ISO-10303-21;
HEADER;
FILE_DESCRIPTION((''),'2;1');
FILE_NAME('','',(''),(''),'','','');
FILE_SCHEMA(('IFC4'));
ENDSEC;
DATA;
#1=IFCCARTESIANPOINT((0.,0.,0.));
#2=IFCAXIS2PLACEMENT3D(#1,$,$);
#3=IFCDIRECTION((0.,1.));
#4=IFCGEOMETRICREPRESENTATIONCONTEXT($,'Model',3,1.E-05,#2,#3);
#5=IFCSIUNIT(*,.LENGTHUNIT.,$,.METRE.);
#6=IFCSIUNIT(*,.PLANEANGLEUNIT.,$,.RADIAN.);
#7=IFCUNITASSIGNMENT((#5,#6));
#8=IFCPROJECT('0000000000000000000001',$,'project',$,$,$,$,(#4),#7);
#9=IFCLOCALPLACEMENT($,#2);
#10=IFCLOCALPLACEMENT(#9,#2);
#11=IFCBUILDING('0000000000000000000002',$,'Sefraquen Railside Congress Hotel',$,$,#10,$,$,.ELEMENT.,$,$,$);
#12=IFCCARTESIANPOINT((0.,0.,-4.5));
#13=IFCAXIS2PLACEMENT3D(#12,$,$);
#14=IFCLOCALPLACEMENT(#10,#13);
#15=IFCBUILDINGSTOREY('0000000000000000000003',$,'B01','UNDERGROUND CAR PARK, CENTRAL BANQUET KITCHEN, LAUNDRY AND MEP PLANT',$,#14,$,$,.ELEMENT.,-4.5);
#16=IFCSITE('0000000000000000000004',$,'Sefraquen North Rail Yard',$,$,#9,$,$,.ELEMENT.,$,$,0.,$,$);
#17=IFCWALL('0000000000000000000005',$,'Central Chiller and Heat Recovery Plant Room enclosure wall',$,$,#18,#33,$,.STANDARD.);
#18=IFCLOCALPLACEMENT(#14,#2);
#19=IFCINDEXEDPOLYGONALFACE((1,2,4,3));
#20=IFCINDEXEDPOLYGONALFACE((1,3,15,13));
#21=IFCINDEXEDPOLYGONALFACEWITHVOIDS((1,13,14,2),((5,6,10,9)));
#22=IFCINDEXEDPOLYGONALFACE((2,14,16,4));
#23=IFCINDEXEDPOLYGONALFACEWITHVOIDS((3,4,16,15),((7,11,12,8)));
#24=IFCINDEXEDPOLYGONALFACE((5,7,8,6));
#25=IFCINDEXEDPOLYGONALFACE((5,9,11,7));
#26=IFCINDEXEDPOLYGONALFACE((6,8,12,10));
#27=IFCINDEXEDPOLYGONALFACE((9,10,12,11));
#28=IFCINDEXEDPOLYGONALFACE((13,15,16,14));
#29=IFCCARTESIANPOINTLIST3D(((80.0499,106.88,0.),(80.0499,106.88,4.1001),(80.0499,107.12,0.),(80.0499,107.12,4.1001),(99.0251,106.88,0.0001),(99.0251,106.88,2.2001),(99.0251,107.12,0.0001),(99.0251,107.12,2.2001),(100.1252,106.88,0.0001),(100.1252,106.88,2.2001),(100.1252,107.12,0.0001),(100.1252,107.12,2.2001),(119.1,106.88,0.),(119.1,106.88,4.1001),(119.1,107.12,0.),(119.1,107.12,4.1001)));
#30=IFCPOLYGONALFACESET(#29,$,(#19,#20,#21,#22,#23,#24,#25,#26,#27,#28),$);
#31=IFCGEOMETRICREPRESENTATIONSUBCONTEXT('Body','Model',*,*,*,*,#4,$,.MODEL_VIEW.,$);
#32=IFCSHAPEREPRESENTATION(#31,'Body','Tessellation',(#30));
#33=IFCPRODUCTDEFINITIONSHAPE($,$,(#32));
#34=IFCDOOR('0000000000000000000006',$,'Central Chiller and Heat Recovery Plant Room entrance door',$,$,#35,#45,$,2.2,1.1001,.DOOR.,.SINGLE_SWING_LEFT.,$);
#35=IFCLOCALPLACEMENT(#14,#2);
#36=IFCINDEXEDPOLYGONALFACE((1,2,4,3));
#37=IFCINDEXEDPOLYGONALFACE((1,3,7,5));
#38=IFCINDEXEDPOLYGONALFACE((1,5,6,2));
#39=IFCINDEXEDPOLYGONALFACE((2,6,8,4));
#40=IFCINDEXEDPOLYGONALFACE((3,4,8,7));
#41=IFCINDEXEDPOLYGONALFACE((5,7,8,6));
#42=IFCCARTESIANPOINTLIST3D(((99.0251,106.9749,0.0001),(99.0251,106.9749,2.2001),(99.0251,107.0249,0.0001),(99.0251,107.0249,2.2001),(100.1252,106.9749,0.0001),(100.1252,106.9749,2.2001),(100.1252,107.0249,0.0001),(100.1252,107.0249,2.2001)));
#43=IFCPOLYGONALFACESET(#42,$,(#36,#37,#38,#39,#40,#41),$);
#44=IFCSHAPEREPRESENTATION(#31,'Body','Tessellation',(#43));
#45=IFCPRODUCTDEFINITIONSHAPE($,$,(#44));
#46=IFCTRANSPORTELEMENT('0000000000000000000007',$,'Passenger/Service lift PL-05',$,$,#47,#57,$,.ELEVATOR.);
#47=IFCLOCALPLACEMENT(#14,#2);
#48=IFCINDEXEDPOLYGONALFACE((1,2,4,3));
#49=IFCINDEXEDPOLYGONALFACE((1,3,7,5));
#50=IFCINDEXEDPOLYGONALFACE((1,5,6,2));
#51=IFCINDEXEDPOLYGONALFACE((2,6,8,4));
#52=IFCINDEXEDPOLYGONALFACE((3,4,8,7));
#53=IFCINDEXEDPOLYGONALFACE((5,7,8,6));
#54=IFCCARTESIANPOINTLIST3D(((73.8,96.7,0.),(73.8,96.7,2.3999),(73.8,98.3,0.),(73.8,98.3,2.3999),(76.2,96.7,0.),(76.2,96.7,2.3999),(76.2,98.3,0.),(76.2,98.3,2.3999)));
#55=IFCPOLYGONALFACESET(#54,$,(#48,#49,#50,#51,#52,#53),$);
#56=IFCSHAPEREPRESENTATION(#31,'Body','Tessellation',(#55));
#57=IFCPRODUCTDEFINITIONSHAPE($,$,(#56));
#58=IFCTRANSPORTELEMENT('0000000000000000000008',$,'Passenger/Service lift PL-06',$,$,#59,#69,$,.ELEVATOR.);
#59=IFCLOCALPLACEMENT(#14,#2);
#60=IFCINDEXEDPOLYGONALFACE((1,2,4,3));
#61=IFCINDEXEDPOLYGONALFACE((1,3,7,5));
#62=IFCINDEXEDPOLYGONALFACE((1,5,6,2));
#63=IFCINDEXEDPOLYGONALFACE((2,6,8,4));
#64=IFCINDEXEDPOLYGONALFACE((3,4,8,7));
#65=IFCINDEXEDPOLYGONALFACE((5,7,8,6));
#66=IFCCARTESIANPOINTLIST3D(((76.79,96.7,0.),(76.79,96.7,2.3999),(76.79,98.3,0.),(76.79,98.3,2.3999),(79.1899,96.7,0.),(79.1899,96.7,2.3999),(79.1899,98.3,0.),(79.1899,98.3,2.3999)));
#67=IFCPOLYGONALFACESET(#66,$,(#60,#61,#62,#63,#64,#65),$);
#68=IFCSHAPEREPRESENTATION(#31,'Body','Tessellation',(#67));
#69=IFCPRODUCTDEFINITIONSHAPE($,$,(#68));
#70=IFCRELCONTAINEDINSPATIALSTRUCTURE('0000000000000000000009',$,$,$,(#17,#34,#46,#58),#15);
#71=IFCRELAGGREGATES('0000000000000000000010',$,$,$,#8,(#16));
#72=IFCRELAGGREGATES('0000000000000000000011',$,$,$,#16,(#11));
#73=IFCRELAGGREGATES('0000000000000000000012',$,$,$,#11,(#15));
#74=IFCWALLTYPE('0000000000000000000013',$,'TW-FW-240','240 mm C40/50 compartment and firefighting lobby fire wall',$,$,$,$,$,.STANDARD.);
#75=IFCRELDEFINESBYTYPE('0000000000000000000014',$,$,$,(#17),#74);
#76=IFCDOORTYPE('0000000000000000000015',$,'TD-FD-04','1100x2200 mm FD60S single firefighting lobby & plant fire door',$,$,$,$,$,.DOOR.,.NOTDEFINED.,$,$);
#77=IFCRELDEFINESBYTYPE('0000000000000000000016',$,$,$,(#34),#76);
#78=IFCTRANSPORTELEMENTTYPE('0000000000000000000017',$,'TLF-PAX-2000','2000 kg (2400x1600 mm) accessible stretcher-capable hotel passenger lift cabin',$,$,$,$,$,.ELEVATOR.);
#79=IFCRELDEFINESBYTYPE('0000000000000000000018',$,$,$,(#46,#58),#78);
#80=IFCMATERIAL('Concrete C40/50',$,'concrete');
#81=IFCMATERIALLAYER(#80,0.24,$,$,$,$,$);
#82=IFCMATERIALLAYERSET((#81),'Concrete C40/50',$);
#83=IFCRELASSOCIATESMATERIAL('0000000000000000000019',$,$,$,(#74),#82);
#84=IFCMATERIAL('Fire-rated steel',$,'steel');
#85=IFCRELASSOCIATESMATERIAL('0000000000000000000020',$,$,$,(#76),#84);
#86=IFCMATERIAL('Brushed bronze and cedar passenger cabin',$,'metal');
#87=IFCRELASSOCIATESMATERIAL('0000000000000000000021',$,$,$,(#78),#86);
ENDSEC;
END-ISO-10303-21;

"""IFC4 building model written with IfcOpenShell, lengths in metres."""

from ifc_helpers import new_model, si_unit, direction, frame, frame_2d, origin, origin_2d, place, context, subcontext, project, spatial, rectangle, extrude, material, layer, layer_set, type_object, element, fill, save


model = new_model("IFC4")

# Units and contexts
model_context = context("Model", 3, precision=1e-05, world=origin(), true_north=direction((0.0, 1.0)))
body_context = subcontext(model_context, "Body", "Model", "MODEL_VIEW")
ifc_project = project(units=[si_unit("LENGTHUNIT", "METRE"), si_unit("PLANEANGLEUNIT", "RADIAN")], contexts=[model_context])

# Site, building, storey
site_placement = place(None, origin())
site = spatial("IfcSite", under=ifc_project, at=site_placement, Name="Sefraquen North Rail Yard", CompositionType="ELEMENT", RefElevation=0.0)
building_placement = place(site_placement, origin())
building = spatial("IfcBuilding", under=site, at=building_placement, Name="Sefraquen Railside Congress Hotel", CompositionType="ELEMENT")
storey_placement = place(building_placement, frame((0.0, 0.0, -4.5)))
storey = spatial("IfcBuildingStorey", under=building, at=storey_placement, Name="B01", Description="UNDERGROUND CAR PARK, CENTRAL BANQUET KITCHEN, LAUNDRY AND MEP PLANT", CompositionType="ELEMENT", Elevation=-4.5)

# Shared definitions
ifc_material_1 = material(Name="Concrete C40/50", Category="concrete")

# Wall, opening, door
ifc_layer_1 = layer(ifc_material_1, 0.24)
ifc_layer_set_1 = layer_set([ifc_layer_1], Name="Concrete C40/50")
wall_type_1 = type_object("IfcWallType", Name="TW-FW-240", Description="240 mm C40/50 compartment and firefighting lobby fire wall", PredefinedType="STANDARD", material=ifc_layer_set_1)
wall_1_placement = place(storey_placement, frame((80.05, 107.0, 0.0), z_axis=(0.0, 0.0, 1.0), x_axis=(1.0, 0.0, 0.0)))
wall_1 = element("IfcWall", 1, at=wall_1_placement, inside=storey, type_object=wall_type_1, Name="Central Chiller and Heat Recovery Plant Room enclosure wall", PredefinedType="STANDARD", context=body_context, shape_type="SweptSolid", body=[
    extrude(rectangle(XDim=39.05, YDim=0.24, at=frame_2d((19.5249, 0.0))), origin(), (0.0, 0.0, 1.0), 4.1001),
])
opening_1_placement = place(wall_1_placement, frame((18.9751, 0.0, 0.0)))
opening_1 = element("IfcOpeningElement", 2, at=opening_1_placement, cuts=wall_1, PredefinedType="OPENING", context=body_context, shape_type="SweptSolid", body=[
    extrude(rectangle(XDim=1.1001, YDim=2.2, at=frame_2d((0.55, 1.1001))), frame((0.0, 0.1299, 0.0), z_axis=(0.0, -1.0, 0.0), x_axis=(1.0, 0.0, 0.0)), (0.0, 0.0, 1.0), 0.26),
])
ifc_material_2 = material(Name="Fire-rated steel", Category="steel")
door_type_1 = type_object("IfcDoorType", Name="TD-FD-04", Description="1100x2200 mm FD60S single firefighting lobby & plant fire door", OperationType="NOTDEFINED", PredefinedType="DOOR", material=ifc_material_2)
door_1_placement = place(opening_1_placement, origin())
door_1 = element("IfcDoor", 3, at=door_1_placement, inside=storey, type_object=door_type_1, Name="Central Chiller and Heat Recovery Plant Room entrance door", OperationType="SINGLE_SWING_LEFT", OverallHeight=2.2, OverallWidth=1.1001, PredefinedType="DOOR", context=body_context, shape_type="SweptSolid", body=[
    extrude(rectangle(XDim=1.1001, YDim=2.2, at=frame_2d((0.55, 1.1001))), frame((0.0, 0.0249, 0.0), z_axis=(0.0, -1.0, 0.0), x_axis=(1.0, 0.0, 0.0)), (0.0, 0.0, 1.0), 0.05),
])
fill(opening_1, door_1)

# Transport elements
ifc_material_3 = material(Name="Brushed bronze and cedar passenger cabin", Category="metal")
transport_element_type = type_object("IfcTransportElementType", Name="TLF-PAX-2000", Description="2000 kg (2400x1600 mm) accessible stretcher-capable hotel passenger lift cabin", PredefinedType="ELEVATOR", material=ifc_material_3)
for number, where, z_axis, x_axis, name in (
    (4, (75.0, 97.5, 0.0), (0.0, 0.0, 1.0), (1.0, 0.0, 0.0), "Passenger/Service lift PL-05"),
    (5, (77.99, 97.5, 0.0), (0.0, 0.0, 1.0), (1.0, 0.0, 0.0), "Passenger/Service lift PL-06"),
):
    element("IfcTransportElement", number, at=place(storey_placement, frame(where, z_axis=z_axis, x_axis=x_axis)), inside=storey, type_object=transport_element_type, Name=name, PredefinedType="ELEVATOR", context=body_context, shape_type="SweptSolid", body=[
        extrude(rectangle(XDim=2.3999, YDim=1.6001, at=origin_2d()), origin(), (0.0, 0.0, 1.0), 2.3999),
    ])

save(model, "model.ifc")
